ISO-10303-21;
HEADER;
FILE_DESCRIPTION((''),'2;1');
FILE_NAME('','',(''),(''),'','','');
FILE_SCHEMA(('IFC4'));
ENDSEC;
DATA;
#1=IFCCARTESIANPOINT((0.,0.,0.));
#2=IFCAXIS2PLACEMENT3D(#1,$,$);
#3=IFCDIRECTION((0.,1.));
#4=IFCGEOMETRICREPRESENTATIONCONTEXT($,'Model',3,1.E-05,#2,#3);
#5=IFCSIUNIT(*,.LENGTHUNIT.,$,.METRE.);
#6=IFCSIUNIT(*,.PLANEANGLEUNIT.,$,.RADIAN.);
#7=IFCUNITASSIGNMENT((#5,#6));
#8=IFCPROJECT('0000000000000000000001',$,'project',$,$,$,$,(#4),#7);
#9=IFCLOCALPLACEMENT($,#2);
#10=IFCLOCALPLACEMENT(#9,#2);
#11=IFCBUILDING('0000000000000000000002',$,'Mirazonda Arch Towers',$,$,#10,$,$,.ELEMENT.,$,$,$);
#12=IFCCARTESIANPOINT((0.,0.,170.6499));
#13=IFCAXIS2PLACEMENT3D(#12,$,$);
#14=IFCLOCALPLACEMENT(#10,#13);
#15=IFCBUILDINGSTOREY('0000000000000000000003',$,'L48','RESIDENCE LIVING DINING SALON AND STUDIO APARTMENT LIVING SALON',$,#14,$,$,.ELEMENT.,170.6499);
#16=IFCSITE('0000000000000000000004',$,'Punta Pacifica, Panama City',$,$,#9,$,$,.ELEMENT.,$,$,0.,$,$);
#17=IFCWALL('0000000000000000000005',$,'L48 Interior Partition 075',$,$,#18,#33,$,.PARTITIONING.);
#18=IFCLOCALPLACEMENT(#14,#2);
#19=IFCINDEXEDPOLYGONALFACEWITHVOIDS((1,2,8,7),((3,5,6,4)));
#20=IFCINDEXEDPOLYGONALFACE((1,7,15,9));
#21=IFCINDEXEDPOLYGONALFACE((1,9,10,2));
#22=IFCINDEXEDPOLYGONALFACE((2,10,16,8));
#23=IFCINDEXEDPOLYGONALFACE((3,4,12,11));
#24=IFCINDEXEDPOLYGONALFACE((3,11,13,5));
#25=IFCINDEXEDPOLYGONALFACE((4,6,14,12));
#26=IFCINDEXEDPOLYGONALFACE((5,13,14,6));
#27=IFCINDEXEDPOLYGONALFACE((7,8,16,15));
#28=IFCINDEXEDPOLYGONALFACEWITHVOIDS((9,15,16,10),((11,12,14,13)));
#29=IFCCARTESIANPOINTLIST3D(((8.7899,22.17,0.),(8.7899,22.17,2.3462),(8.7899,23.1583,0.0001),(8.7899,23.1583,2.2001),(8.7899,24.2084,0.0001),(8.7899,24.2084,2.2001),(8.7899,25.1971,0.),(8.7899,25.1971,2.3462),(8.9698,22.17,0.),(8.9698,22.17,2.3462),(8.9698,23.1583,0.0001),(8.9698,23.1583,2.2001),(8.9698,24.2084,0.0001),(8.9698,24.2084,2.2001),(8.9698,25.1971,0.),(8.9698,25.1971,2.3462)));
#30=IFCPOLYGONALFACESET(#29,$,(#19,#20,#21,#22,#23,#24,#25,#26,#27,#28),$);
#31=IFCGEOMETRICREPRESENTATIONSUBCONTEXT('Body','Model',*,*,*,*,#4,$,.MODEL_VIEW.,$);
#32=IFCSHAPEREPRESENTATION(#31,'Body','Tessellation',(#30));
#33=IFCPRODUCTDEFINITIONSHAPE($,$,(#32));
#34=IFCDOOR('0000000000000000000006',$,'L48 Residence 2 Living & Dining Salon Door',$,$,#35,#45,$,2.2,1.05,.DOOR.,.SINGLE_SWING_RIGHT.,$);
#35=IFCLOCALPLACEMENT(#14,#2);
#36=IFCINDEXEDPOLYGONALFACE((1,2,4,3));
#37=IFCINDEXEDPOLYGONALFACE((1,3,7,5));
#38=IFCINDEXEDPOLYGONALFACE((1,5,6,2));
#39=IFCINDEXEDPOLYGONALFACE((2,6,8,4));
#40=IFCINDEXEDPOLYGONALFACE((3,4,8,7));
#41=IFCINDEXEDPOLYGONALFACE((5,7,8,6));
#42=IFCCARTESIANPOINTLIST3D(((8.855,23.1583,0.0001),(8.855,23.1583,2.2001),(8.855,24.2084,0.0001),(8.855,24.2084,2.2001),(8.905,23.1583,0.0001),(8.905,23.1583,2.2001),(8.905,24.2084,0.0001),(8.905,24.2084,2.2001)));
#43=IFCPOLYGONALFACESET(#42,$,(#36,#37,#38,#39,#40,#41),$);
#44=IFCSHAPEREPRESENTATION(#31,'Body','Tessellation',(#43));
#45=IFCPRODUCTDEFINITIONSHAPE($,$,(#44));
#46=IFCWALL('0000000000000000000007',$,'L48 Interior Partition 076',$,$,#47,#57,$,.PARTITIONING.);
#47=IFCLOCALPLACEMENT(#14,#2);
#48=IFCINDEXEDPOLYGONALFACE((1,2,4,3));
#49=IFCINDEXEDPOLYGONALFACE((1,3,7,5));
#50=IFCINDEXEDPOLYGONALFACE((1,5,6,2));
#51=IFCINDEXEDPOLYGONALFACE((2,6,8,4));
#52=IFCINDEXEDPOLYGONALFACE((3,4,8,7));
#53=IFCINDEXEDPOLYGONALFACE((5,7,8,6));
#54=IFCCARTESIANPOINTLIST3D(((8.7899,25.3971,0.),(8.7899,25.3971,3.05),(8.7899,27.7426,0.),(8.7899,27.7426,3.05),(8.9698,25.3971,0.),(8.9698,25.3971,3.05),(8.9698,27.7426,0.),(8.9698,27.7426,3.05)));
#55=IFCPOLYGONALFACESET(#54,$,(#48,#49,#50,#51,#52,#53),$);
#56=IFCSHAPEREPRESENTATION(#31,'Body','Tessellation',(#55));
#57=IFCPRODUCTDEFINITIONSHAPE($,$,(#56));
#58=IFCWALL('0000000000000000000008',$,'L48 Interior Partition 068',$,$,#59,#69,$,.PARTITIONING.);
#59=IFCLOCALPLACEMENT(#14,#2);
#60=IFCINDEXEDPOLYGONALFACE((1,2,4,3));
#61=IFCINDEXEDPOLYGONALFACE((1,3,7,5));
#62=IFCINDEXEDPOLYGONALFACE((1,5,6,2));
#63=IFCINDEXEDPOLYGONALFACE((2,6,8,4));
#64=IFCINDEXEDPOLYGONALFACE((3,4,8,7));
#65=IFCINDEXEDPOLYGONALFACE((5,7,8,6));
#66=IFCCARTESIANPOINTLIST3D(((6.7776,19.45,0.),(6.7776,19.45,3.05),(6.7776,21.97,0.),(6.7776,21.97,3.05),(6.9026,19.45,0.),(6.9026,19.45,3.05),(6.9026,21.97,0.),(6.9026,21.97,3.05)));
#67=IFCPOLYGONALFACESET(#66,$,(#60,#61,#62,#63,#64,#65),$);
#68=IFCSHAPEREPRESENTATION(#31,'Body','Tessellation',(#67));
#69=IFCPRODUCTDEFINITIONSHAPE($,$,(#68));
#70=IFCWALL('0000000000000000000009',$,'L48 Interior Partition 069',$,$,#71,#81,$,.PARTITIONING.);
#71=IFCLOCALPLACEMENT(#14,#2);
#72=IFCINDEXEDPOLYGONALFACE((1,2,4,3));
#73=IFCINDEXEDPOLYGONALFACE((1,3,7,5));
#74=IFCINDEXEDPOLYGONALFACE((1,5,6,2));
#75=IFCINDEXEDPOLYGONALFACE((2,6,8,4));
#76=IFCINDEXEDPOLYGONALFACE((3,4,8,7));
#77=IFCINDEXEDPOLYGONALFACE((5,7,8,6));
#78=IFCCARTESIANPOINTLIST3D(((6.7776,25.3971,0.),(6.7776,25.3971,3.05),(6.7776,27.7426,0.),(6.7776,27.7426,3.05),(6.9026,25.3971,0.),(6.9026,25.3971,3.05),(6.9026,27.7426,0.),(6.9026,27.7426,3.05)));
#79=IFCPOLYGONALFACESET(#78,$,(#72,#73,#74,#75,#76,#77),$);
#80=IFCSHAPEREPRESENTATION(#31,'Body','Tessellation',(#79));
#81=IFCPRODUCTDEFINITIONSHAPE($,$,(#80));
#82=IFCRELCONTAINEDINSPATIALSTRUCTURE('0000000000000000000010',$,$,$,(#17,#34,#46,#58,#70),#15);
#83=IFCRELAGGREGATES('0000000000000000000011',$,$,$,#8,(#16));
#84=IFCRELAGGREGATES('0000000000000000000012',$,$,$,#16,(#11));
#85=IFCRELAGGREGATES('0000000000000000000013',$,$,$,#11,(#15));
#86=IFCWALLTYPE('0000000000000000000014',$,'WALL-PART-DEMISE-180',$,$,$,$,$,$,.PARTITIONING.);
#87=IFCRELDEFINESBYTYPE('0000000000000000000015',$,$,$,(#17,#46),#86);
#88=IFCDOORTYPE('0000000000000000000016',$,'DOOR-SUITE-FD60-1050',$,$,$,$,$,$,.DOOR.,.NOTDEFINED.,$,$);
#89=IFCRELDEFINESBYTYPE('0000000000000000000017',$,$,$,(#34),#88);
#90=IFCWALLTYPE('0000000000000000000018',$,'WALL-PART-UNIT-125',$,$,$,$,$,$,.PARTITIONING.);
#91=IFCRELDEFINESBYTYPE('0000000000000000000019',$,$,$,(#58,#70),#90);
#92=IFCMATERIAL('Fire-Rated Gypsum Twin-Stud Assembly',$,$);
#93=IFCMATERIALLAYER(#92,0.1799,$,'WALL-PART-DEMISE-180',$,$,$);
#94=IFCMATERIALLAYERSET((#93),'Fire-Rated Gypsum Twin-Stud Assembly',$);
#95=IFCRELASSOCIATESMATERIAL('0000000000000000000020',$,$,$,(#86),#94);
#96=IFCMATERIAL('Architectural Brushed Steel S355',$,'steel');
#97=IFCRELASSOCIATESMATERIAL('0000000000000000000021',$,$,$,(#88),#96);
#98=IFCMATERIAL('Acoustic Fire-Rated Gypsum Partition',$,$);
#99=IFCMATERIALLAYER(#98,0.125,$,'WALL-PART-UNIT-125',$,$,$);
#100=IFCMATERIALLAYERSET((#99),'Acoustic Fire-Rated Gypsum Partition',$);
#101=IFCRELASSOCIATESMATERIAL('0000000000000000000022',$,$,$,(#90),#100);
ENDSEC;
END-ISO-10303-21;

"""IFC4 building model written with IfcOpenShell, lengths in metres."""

from ifc_helpers import new_model, si_unit, direction, frame, frame_2d, origin, place, context, subcontext, project, spatial, rectangle, extrude, material, layer, layer_set, type_object, element, fill, save


model = new_model("IFC4")

# Units and contexts
model_context = context("Model", 3, precision=1e-05, world=origin(), true_north=direction((0.0, 1.0)))
body_context = subcontext(model_context, "Body", "Model", "MODEL_VIEW")
ifc_project = project(units=[si_unit("LENGTHUNIT", "METRE"), si_unit("PLANEANGLEUNIT", "RADIAN")], contexts=[model_context])

# Site, building, storey
site_placement = place(None, origin())
site = spatial("IfcSite", under=ifc_project, at=site_placement, Name="Punta Pacifica, Panama City", CompositionType="ELEMENT", RefElevation=0.0)
building_placement = place(site_placement, origin())
building = spatial("IfcBuilding", under=site, at=building_placement, Name="Mirazonda Arch Towers", CompositionType="ELEMENT")
storey_placement = place(building_placement, frame((0.0, 0.0, 170.6499)))
storey = spatial("IfcBuildingStorey", under=building, at=storey_placement, Name="L48", Description="RESIDENCE LIVING DINING SALON AND STUDIO APARTMENT LIVING SALON", CompositionType="ELEMENT", Elevation=170.6499)

# Shared definitions
ifc_material_1 = material(Name="Architectural Brushed Steel S355", Category="steel")

# Shared definitions
ifc_material_2 = material(Name="Fire-Rated Gypsum Twin-Stud Assembly")
ifc_layer_1 = layer(ifc_material_2, 0.1799, Name="WALL-PART-DEMISE-180")
ifc_layer_set_1 = layer_set([ifc_layer_1], Name="Fire-Rated Gypsum Twin-Stud Assembly")
wall_type_1 = type_object("IfcWallType", Name="WALL-PART-DEMISE-180", PredefinedType="PARTITIONING", material=ifc_layer_set_1)

# Wall, opening, door
wall_1_placement = place(storey_placement, frame((8.8799, 22.1699, 0.0), z_axis=(0.0, 0.0, 1.0), x_axis=(0.0, 1.0, 0.0)))
wall_1 = element("IfcWall", 1, at=wall_1_placement, inside=storey, type_object=wall_type_1, Name="L48 Interior Partition 075", PredefinedType="PARTITIONING", context=body_context, shape_type="SweptSolid", body=[
    extrude(rectangle(XDim=3.0271, YDim=0.1799, at=frame_2d((1.5137, 0.0))), origin(), (0.0, 0.0, 1.0), 2.3462),
])
opening_1_placement = place(wall_1_placement, frame((0.9885, 0.0, 0.0)))
opening_1 = element("IfcOpeningElement", 2, at=opening_1_placement, cuts=wall_1, PredefinedType="OPENING", context=body_context, shape_type="SweptSolid", body=[
    extrude(rectangle(XDim=1.05, YDim=2.2, at=frame_2d((0.5249, 1.1001))), frame((0.0, 0.0999, 0.0), z_axis=(0.0, -1.0, 0.0), x_axis=(1.0, 0.0, 0.0)), (0.0, 0.0, 1.0), 0.2),
])
door_type_1 = type_object("IfcDoorType", Name="DOOR-SUITE-FD60-1050", OperationType="NOTDEFINED", PredefinedType="DOOR", material=ifc_material_1)
door_1_placement = place(opening_1_placement, origin())
door_1 = element("IfcDoor", 3, at=door_1_placement, inside=storey, type_object=door_type_1, Name="L48 Residence 2 Living & Dining Salon Door", OperationType="SINGLE_SWING_RIGHT", OverallHeight=2.2, OverallWidth=1.05, PredefinedType="DOOR", context=body_context, shape_type="SweptSolid", body=[
    extrude(rectangle(XDim=1.05, YDim=2.2, at=frame_2d((0.5249, 1.1001))), frame((0.0, 0.0249, 0.0), z_axis=(0.0, -1.0, 0.0), x_axis=(1.0, 0.0, 0.0)), (0.0, 0.0, 1.0), 0.05),
])
fill(opening_1, door_1)

# Walls
wall_2_placement = place(storey_placement, frame((8.8799, 25.397, 0.0), z_axis=(0.0, 0.0, 1.0), x_axis=(0.0, 1.0, 0.0)))
element("IfcWall", 4, at=wall_2_placement, inside=storey, type_object=wall_type_1, Name="L48 Interior Partition 076", PredefinedType="PARTITIONING", context=body_context, shape_type="SweptSolid", body=[
    extrude(rectangle(XDim=2.3455, YDim=0.1799, at=frame_2d((1.1729, 0.0))), origin(), (0.0, 0.0, 1.0), 3.05),
])
ifc_material_3 = material(Name="Acoustic Fire-Rated Gypsum Partition")
ifc_layer_2 = layer(ifc_material_3, 0.125, Name="WALL-PART-UNIT-125")
ifc_layer_set_2 = layer_set([ifc_layer_2], Name="Acoustic Fire-Rated Gypsum Partition")
wall_type_2 = type_object("IfcWallType", Name="WALL-PART-UNIT-125", PredefinedType="PARTITIONING", material=ifc_layer_set_2)
wall_3_placement = place(storey_placement, frame((6.8401, 19.45, 0.0), z_axis=(0.0, 0.0, 1.0), x_axis=(0.0, 1.0, 0.0)))
element("IfcWall", 5, at=wall_3_placement, inside=storey, type_object=wall_type_2, Name="L48 Interior Partition 068", PredefinedType="PARTITIONING", context=body_context, shape_type="SweptSolid", body=[
    extrude(rectangle(XDim=2.52, YDim=0.125, at=frame_2d((1.26, 0.0))), origin(), (0.0, 0.0, 1.0), 3.05),
])
wall_4_placement = place(storey_placement, frame((6.8401, 25.397, 0.0), z_axis=(0.0, 0.0, 1.0), x_axis=(0.0, 1.0, 0.0)))
element("IfcWall", 6, at=wall_4_placement, inside=storey, type_object=wall_type_2, Name="L48 Interior Partition 069", PredefinedType="PARTITIONING", context=body_context, shape_type="SweptSolid", body=[
    extrude(rectangle(XDim=2.3455, YDim=0.125, at=frame_2d((1.1729, 0.0))), origin(), (0.0, 0.0, 1.0), 3.05),
])

save(model, "model.ifc")
